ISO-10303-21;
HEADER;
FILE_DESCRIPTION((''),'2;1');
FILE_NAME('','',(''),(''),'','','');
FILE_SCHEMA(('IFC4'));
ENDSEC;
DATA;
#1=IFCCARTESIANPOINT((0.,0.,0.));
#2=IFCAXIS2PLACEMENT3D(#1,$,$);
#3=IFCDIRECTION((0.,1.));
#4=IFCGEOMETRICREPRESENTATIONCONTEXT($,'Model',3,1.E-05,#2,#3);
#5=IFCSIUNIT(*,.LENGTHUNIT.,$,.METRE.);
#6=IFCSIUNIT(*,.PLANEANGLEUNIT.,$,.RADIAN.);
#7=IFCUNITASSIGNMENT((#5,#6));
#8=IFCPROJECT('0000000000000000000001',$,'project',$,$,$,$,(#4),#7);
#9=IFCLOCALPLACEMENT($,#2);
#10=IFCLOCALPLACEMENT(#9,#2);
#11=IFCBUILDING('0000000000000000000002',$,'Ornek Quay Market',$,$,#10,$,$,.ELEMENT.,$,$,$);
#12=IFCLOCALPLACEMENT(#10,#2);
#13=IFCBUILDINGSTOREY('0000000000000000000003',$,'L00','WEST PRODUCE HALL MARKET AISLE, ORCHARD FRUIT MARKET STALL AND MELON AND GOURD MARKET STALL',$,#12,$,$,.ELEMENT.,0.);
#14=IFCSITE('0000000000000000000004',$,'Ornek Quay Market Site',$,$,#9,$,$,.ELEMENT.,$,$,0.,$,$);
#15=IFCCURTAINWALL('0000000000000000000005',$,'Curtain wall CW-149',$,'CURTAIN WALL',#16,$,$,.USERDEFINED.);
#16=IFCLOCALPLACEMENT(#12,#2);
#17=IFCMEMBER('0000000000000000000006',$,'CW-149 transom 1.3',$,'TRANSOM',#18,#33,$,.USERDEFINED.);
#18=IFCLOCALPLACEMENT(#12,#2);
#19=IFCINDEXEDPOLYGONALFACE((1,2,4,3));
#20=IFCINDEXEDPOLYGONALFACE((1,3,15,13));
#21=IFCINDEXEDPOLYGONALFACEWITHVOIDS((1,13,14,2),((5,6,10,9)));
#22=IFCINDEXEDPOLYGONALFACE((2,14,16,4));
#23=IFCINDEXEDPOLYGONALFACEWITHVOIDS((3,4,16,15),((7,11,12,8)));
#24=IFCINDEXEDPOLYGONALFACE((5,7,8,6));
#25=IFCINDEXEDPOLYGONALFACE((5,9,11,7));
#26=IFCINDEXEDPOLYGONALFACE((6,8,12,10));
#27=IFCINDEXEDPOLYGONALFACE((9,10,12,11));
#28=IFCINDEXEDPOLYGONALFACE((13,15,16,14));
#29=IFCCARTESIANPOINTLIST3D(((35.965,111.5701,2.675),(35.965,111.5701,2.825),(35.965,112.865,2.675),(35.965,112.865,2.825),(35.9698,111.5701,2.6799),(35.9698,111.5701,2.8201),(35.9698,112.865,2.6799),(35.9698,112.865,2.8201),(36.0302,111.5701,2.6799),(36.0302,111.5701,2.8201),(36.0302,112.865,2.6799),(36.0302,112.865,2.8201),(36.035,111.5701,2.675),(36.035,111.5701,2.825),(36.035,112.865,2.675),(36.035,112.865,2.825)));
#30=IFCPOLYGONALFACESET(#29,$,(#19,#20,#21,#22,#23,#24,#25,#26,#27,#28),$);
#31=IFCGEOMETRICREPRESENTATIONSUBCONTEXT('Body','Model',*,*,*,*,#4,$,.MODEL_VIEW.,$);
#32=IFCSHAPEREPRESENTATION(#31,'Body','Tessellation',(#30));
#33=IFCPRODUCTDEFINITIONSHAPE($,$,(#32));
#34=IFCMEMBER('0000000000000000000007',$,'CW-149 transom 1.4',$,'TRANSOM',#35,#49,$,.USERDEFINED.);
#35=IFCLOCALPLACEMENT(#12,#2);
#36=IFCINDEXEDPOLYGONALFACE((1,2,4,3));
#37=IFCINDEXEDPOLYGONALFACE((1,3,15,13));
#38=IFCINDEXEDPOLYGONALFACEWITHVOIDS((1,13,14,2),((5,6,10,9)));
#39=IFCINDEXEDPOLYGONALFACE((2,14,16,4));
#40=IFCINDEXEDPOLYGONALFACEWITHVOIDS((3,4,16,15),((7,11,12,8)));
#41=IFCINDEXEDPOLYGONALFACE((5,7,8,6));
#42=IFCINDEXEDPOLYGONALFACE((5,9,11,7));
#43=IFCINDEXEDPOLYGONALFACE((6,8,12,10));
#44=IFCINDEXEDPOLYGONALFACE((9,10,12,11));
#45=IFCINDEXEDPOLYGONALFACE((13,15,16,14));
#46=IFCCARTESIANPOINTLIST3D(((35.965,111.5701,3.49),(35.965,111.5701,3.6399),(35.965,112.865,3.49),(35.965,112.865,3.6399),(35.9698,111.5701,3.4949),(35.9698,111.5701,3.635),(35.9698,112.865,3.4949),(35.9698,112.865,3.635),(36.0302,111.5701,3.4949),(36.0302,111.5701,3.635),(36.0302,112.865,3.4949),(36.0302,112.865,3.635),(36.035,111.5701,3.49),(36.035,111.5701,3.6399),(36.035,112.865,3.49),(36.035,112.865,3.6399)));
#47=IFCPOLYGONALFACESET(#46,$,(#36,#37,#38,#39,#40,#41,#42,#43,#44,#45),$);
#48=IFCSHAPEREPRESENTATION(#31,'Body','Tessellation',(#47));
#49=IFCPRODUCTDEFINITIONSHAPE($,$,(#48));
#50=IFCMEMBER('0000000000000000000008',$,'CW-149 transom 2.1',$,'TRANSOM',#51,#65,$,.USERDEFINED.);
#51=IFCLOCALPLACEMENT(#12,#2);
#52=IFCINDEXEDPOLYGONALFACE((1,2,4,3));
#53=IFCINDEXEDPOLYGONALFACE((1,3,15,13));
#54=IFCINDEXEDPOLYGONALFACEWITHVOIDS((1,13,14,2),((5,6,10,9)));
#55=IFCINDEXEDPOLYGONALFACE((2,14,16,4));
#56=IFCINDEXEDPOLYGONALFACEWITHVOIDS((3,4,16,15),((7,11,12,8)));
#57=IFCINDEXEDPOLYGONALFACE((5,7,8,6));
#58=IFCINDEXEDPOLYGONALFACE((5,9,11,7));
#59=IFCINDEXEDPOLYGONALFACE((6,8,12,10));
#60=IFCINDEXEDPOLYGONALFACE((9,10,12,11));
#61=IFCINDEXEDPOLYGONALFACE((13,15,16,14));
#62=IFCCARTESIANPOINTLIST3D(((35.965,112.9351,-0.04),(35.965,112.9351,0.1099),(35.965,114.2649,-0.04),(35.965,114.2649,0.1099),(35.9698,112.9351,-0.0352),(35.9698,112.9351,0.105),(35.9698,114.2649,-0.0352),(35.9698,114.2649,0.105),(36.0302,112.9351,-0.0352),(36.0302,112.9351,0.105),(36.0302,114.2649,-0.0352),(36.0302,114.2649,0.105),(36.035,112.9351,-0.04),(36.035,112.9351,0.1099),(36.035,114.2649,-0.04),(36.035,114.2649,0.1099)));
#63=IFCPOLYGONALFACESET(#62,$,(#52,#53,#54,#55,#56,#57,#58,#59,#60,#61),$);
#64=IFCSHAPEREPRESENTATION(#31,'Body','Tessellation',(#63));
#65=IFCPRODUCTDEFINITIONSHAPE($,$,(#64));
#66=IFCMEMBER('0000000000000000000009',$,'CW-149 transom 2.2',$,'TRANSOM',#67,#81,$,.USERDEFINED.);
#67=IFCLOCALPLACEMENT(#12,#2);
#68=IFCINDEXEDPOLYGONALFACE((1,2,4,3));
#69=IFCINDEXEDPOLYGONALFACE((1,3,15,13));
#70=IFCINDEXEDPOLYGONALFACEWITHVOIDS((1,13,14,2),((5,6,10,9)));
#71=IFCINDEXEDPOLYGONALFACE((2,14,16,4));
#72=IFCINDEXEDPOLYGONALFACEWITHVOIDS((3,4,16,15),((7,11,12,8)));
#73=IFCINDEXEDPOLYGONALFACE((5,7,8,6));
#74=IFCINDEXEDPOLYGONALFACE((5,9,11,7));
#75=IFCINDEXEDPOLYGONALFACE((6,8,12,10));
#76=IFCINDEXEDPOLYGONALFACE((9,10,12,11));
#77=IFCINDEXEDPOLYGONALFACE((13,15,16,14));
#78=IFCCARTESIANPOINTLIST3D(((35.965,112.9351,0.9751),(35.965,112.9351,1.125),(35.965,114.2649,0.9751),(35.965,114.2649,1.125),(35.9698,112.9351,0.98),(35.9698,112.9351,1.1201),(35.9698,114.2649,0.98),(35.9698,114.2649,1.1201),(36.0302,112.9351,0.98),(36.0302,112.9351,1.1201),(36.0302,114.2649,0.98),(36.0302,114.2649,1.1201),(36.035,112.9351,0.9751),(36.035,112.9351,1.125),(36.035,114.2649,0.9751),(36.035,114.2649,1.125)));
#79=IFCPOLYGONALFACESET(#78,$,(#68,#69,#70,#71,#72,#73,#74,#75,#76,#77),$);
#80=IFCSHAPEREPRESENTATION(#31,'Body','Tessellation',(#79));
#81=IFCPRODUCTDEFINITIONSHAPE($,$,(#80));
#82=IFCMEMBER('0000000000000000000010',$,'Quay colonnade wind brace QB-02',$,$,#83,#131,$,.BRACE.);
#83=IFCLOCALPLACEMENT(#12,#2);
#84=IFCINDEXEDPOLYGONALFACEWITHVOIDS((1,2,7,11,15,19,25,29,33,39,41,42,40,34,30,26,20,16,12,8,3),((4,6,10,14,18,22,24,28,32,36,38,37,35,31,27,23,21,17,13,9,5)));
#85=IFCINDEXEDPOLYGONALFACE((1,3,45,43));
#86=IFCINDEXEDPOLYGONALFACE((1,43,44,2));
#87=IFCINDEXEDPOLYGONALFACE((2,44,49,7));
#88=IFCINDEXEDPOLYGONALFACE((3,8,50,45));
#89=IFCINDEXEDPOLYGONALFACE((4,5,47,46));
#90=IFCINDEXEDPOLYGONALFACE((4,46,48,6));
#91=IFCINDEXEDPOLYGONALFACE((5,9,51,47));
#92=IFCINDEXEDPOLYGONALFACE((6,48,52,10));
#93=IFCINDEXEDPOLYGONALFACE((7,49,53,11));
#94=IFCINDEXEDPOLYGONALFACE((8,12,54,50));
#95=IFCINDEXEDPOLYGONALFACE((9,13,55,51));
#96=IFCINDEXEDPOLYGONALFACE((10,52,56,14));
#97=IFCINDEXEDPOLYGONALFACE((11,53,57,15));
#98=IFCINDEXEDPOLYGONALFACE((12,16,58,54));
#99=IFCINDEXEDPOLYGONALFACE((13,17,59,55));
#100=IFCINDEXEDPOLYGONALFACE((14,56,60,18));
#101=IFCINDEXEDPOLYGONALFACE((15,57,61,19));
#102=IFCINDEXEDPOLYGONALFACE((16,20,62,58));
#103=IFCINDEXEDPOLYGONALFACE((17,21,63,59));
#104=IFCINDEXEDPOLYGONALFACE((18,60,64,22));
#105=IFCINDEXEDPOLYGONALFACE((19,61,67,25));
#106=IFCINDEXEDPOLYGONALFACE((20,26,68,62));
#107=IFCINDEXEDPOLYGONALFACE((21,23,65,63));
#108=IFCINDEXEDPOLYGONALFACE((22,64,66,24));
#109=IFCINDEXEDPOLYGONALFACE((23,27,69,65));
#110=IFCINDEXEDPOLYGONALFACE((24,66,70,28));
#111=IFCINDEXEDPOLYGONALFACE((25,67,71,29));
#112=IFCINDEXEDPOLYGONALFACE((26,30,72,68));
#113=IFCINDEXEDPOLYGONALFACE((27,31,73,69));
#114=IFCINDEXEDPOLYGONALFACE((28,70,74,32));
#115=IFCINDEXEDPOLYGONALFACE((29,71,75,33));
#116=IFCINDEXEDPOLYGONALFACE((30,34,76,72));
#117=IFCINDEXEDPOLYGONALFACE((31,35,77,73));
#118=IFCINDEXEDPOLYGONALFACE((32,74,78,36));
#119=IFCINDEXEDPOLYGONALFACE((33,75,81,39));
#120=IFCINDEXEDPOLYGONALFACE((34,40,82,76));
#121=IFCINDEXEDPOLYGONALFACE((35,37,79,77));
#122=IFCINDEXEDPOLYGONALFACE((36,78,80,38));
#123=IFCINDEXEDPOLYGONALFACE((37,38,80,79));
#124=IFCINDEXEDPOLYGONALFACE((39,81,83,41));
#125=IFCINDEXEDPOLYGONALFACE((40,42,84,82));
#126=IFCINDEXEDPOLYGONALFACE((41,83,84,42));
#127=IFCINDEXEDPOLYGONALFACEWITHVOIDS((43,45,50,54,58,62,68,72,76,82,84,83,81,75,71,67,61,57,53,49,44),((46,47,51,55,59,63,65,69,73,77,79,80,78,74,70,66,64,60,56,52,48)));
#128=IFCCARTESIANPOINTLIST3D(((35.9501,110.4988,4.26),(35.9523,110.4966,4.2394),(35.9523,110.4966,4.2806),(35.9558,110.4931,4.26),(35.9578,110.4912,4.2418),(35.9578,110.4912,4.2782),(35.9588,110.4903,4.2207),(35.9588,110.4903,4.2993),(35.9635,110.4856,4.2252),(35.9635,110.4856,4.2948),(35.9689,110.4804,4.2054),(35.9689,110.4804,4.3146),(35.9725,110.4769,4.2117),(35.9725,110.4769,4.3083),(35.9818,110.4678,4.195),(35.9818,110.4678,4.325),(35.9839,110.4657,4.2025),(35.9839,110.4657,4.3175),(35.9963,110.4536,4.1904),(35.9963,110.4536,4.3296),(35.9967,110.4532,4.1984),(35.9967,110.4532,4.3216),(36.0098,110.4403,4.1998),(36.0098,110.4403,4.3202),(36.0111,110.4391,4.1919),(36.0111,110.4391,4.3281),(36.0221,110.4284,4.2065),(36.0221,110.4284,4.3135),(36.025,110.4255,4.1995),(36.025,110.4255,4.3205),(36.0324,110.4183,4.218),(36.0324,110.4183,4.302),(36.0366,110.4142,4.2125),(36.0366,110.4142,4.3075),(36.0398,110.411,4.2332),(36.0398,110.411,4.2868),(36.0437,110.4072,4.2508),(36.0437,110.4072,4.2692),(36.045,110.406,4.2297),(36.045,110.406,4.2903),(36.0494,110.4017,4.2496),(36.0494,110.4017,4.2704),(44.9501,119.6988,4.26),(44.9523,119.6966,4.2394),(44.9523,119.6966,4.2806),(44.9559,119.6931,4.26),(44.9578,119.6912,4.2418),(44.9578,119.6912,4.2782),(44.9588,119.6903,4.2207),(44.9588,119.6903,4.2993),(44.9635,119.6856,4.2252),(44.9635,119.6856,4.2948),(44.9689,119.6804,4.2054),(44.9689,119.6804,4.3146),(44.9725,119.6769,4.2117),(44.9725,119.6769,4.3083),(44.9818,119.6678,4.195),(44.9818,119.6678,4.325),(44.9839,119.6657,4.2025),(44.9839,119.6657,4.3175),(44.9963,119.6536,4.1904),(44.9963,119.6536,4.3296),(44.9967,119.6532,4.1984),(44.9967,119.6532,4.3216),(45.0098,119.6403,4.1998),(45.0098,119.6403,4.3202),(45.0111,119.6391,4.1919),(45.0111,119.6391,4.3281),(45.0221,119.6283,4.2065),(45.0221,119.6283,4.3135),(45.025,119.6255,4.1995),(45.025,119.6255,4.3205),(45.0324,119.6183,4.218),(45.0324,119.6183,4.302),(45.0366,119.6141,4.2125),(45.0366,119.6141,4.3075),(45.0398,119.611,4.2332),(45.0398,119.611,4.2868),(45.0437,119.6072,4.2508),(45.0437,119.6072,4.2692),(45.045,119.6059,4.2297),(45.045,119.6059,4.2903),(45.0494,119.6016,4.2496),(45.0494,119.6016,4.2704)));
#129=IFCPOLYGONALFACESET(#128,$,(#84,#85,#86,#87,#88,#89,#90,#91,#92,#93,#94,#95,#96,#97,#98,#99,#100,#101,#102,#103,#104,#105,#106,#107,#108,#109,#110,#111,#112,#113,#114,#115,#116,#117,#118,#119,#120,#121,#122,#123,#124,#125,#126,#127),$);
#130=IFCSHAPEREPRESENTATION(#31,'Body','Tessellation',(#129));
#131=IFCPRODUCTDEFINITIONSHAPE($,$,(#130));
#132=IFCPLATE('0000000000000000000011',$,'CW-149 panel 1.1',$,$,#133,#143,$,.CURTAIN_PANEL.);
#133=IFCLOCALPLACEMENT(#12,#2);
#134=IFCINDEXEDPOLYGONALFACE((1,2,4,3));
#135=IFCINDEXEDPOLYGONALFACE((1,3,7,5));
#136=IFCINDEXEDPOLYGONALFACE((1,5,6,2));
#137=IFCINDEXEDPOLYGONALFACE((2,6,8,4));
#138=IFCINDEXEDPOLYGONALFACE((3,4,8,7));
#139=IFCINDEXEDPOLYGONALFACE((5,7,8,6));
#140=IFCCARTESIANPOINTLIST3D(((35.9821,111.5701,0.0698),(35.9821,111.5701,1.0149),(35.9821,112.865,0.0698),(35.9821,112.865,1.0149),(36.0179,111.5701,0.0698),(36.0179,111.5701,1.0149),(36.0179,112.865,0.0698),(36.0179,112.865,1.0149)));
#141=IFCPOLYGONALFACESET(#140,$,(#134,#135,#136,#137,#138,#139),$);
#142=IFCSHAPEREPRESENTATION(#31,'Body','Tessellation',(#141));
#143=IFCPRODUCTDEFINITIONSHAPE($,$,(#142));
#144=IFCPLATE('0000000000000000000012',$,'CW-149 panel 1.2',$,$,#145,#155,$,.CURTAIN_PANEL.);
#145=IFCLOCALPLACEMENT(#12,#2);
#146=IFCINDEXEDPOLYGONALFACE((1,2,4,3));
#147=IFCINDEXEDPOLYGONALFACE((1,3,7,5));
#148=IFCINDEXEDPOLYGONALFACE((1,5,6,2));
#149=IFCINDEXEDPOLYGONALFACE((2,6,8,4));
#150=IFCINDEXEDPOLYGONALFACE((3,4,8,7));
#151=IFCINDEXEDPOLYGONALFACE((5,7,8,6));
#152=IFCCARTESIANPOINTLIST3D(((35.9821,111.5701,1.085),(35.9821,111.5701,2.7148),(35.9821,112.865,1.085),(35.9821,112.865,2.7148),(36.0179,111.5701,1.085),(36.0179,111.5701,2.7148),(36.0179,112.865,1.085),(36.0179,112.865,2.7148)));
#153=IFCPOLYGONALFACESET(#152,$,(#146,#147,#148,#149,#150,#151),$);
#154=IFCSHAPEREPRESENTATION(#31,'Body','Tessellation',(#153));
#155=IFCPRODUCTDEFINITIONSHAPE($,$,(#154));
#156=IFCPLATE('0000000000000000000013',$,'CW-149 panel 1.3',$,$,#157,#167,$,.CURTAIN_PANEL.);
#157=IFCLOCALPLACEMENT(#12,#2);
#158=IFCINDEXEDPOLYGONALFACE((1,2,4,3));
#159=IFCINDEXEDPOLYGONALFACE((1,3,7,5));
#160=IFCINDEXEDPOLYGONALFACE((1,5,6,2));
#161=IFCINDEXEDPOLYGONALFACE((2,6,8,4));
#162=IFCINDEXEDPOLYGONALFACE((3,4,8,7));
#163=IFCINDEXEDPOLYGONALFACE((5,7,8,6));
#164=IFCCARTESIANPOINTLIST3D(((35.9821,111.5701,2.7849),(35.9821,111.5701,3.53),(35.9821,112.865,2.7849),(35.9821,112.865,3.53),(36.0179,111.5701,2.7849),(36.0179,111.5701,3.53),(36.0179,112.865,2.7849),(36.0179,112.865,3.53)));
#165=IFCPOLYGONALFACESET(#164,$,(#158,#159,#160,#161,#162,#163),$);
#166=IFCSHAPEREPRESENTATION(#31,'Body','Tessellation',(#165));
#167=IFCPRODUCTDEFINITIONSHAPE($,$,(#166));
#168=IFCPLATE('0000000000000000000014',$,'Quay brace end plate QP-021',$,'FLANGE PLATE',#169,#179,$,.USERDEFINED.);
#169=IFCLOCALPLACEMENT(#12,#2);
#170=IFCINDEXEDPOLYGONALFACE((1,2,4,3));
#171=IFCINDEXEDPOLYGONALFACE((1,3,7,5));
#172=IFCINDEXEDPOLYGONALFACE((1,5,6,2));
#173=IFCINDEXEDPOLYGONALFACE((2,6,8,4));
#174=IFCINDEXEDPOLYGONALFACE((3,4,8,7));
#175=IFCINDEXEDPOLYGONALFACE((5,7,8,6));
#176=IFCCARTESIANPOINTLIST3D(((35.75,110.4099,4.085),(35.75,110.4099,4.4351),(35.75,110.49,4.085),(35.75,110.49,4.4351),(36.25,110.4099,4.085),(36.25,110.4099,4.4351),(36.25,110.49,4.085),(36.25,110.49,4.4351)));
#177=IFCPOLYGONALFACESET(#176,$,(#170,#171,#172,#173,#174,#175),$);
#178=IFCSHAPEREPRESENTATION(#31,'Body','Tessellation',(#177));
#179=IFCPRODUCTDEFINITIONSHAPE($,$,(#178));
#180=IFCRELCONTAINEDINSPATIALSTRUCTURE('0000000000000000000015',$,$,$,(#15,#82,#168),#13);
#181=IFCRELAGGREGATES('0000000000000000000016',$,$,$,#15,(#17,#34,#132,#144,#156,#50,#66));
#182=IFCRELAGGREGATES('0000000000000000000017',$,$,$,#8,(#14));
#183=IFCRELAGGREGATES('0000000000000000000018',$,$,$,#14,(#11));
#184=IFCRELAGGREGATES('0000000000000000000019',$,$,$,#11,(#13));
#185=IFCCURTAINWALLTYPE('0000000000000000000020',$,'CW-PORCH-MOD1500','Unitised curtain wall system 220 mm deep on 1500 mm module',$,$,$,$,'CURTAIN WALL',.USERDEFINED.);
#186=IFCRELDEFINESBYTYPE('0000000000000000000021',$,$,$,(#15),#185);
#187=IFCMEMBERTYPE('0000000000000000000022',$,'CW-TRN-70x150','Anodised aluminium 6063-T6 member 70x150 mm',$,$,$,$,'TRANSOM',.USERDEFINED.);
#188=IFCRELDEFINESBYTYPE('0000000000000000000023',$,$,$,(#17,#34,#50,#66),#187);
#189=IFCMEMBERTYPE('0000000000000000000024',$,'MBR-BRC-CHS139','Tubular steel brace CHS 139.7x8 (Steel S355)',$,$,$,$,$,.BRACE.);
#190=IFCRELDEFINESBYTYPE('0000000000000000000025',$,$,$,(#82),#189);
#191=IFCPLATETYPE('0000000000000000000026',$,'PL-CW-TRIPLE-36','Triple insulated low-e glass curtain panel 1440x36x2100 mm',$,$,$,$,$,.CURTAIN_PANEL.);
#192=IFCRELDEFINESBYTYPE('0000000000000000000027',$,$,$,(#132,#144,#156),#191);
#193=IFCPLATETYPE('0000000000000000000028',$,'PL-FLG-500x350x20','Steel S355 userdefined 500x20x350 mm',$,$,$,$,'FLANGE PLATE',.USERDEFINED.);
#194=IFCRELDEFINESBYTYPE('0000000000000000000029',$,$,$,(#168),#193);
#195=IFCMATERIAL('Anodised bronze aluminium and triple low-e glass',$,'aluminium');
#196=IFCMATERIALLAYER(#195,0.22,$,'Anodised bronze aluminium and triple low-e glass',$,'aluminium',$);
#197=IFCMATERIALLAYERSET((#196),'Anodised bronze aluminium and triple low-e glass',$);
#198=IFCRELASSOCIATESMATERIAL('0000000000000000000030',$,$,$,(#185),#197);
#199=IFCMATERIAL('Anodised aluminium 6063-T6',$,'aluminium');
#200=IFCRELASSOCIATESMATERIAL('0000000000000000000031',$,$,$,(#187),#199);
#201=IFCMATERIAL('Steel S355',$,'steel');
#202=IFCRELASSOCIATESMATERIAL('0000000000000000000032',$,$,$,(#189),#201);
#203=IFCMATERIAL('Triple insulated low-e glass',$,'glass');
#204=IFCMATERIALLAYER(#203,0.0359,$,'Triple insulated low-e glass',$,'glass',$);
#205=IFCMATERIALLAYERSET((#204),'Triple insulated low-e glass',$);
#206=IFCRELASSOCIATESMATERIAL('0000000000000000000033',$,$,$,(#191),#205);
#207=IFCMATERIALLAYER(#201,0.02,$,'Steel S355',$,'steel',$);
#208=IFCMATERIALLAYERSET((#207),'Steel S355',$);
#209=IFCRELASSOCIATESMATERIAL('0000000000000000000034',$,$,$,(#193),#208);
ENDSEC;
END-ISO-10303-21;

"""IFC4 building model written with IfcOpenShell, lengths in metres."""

from ifc_helpers import new_model, si_unit, direction, frame, origin, origin_2d, place, context, subcontext, project, spatial, rectangle, hollow_rectangle, hollow_circle, extrude, material, layer, layer_set, material_profile, profile_set, type_object, element, aggregate, save


model = new_model("IFC4")

# Units and contexts
model_context = context("Model", 3, precision=1e-05, world=origin(), true_north=direction((0.0, 1.0)))
body_context = subcontext(model_context, "Body", "Model", "MODEL_VIEW")
ifc_project = project(units=[si_unit("LENGTHUNIT", "METRE"), si_unit("PLANEANGLEUNIT", "RADIAN")], contexts=[model_context])

# Site, building, storey
site_placement = place(None, origin())
site = spatial("IfcSite", under=ifc_project, at=site_placement, Name="Ornek Quay Market Site", CompositionType="ELEMENT", RefElevation=0.0)
building_placement = place(site_placement, origin())
building = spatial("IfcBuilding", under=site, at=building_placement, Name="Ornek Quay Market", CompositionType="ELEMENT")
storey_placement = place(building_placement, origin())
storey = spatial("IfcBuildingStorey", under=building, at=storey_placement, Name="L00", Description="WEST PRODUCE HALL MARKET AISLE, ORCHARD FRUIT MARKET STALL AND MELON AND GOURD MARKET STALL", CompositionType="ELEMENT", Elevation=0.0)

# Shared definitions
ifc_material_1 = material(Name="Steel S355", Category="steel")

# Curtain wall, members
ifc_material_2 = material(Name="Anodised bronze aluminium and triple low-e glass", Category="aluminium")
ifc_layer_1 = layer(ifc_material_2, 0.22, Name="Anodised bronze aluminium and triple low-e glass", Category="aluminium")
ifc_layer_set_1 = layer_set([ifc_layer_1], Name="Anodised bronze aluminium and triple low-e glass")
curtain_wall_type = type_object("IfcCurtainWallType", Name="CW-PORCH-MOD1500", Description="Unitised curtain wall system 220 mm deep on 1500 mm module", ElementType="CURTAIN WALL", PredefinedType="USERDEFINED", material=ifc_layer_set_1)
curtain_wall_placement = place(storey_placement, origin())
curtain_wall = element("IfcCurtainWall", 1, at=curtain_wall_placement, inside=storey, type_object=curtain_wall_type, Name="Curtain wall CW-149", ObjectType="CURTAIN WALL", PredefinedType="USERDEFINED")
ifc_material_3 = material(Name="Anodised aluminium 6063-T6", Category="aluminium")
ifc_material_profile_1 = material_profile(ifc_material_3, hollow_rectangle(XDim=0.0701, YDim=0.1499, WallThickness=0.0049, at=origin_2d()), Name="CW-TRN-70x150", Category="aluminium")
ifc_profile_set_1 = profile_set([ifc_material_profile_1], Name="Anodised aluminium 6063-T6")
member_type_1 = type_object("IfcMemberType", Name="CW-TRN-70x150", Description="Anodised aluminium 6063-T6 member 70x150 mm", ElementType="TRANSOM", PredefinedType="USERDEFINED", material=ifc_profile_set_1)
member_1_placement = place(storey_placement, frame((36.0, 111.5701, 2.75), z_axis=(0.0, 1.0, 0.0), x_axis=(-1.0, 0.0, 0.0)))
member_1 = element("IfcMember", 2, at=member_1_placement, type_object=member_type_1, Name="CW-149 transom 1.3", ObjectType="TRANSOM", PredefinedType="USERDEFINED", context=body_context, shape_type="SweptSolid", body=[
    extrude(hollow_rectangle(XDim=0.0701, YDim=0.1499, WallThickness=0.0049, at=origin_2d()), origin(), (0.0, 0.0, 1.0), 1.2949),
])
member_2_placement = place(storey_placement, frame((36.0, 111.5701, 3.5649), z_axis=(0.0, 1.0, 0.0), x_axis=(-1.0, 0.0, 0.0)))
member_2 = element("IfcMember", 3, at=member_2_placement, type_object=member_type_1, Name="CW-149 transom 1.4", ObjectType="TRANSOM", PredefinedType="USERDEFINED", context=body_context, shape_type="SweptSolid", body=[
    extrude(hollow_rectangle(XDim=0.0701, YDim=0.1499, WallThickness=0.0049, at=origin_2d()), origin(), (0.0, 0.0, 1.0), 1.2949),
])
member_3_placement = place(storey_placement, frame((36.0, 112.9351, 0.0349), z_axis=(0.0, 1.0, 0.0), x_axis=(-1.0, 0.0, 0.0)))
member_3 = element("IfcMember", 4, at=member_3_placement, type_object=member_type_1, Name="CW-149 transom 2.1", ObjectType="TRANSOM", PredefinedType="USERDEFINED", context=body_context, shape_type="SweptSolid", body=[
    extrude(hollow_rectangle(XDim=0.0701, YDim=0.1499, WallThickness=0.0049, at=origin_2d()), origin(), (0.0, 0.0, 1.0), 1.3298),
])
member_4_placement = place(storey_placement, frame((36.0, 112.9351, 1.05), z_axis=(0.0, 1.0, 0.0), x_axis=(-1.0, 0.0, 0.0)))
member_4 = element("IfcMember", 5, at=member_4_placement, type_object=member_type_1, Name="CW-149 transom 2.2", ObjectType="TRANSOM", PredefinedType="USERDEFINED", context=body_context, shape_type="SweptSolid", body=[
    extrude(hollow_rectangle(XDim=0.0701, YDim=0.1499, WallThickness=0.0049, at=origin_2d()), origin(), (0.0, 0.0, 1.0), 1.3298),
])

# Member
ifc_material_profile_2 = material_profile(ifc_material_1, hollow_circle(Radius=0.0698, WallThickness=0.0081, at=origin_2d()), Name="CHS 139.7x8", Category="steel")
ifc_profile_set_2 = profile_set([ifc_material_profile_2], Name="Steel S355")
member_type_2 = type_object("IfcMemberType", Name="MBR-BRC-CHS139", Description="Tubular steel brace CHS 139.7x8 (Steel S355)", PredefinedType="BRACE", material=ifc_profile_set_2)
member_5_placement = place(storey_placement, frame((36.0, 110.45, 4.26), z_axis=(0.699296, 0.714832, 0.0), x_axis=(-0.714832, 0.699296, 0.0)))
element("IfcMember", 6, at=member_5_placement, inside=storey, type_object=member_type_2, Name="Quay colonnade wind brace QB-02", PredefinedType="BRACE", context=body_context, shape_type="SweptSolid", body=[
    extrude(hollow_circle(Radius=0.0698, WallThickness=0.0081, at=origin_2d()), origin(), (0.0, 0.0, 1.0), 12.8701),
])

# Plates
ifc_material_4 = material(Name="Triple insulated low-e glass", Category="glass")
ifc_layer_2 = layer(ifc_material_4, 0.0359, Name="Triple insulated low-e glass", Category="glass")
ifc_layer_set_2 = layer_set([ifc_layer_2], Name="Triple insulated low-e glass")
plate_type_1 = type_object("IfcPlateType", Name="PL-CW-TRIPLE-36", Description="Triple insulated low-e glass curtain panel 1440x36x2100 mm", PredefinedType="CURTAIN_PANEL", material=ifc_layer_set_2)
plate_1_placement = place(storey_placement, frame((36.0, 112.2175, 0.0698), z_axis=(0.0, 0.0, 1.0), x_axis=(0.0, 1.0, 0.0)))
plate_1 = element("IfcPlate", 7, at=plate_1_placement, type_object=plate_type_1, Name="CW-149 panel 1.1", PredefinedType="CURTAIN_PANEL", context=body_context, shape_type="SweptSolid", body=[
    extrude(rectangle(XDim=1.2949, YDim=0.0359, at=origin_2d()), origin(), (0.0, 0.0, 1.0), 0.9451),
])
plate_2_placement = place(storey_placement, frame((36.0, 112.2175, 1.085), z_axis=(0.0, 0.0, 1.0), x_axis=(0.0, 1.0, 0.0)))
plate_2 = element("IfcPlate", 8, at=plate_2_placement, type_object=plate_type_1, Name="CW-149 panel 1.2", PredefinedType="CURTAIN_PANEL", context=body_context, shape_type="SweptSolid", body=[
    extrude(rectangle(XDim=1.2949, YDim=0.0359, at=origin_2d()), origin(), (0.0, 0.0, 1.0), 1.6299),
])
plate_3_placement = place(storey_placement, frame((36.0, 112.2175, 2.7849), z_axis=(0.0, 0.0, 1.0), x_axis=(0.0, 1.0, 0.0)))
plate_3 = element("IfcPlate", 9, at=plate_3_placement, type_object=plate_type_1, Name="CW-149 panel 1.3", PredefinedType="CURTAIN_PANEL", context=body_context, shape_type="SweptSolid", body=[
    extrude(rectangle(XDim=1.2949, YDim=0.0359, at=origin_2d()), origin(), (0.0, 0.0, 1.0), 0.7451),
])
aggregate(curtain_wall, [member_1, member_2, plate_1, plate_2, plate_3, member_3, member_4])
ifc_layer_3 = layer(ifc_material_1, 0.02, Name="Steel S355", Category="steel")
ifc_layer_set_3 = layer_set([ifc_layer_3], Name="Steel S355")
plate_type_2 = type_object("IfcPlateType", Name="PL-FLG-500x350x20", Description="Steel S355 userdefined 500x20x350 mm", ElementType="FLANGE PLATE", PredefinedType="USERDEFINED", material=ifc_layer_set_3)
plate_4_placement = place(storey_placement, frame((36.0, 110.45, 4.085), z_axis=(0.0, 0.0, 1.0), x_axis=(1.0, 0.0, 0.0)))
element("IfcPlate", 10, at=plate_4_placement, inside=storey, type_object=plate_type_2, Name="Quay brace end plate QP-021", ObjectType="FLANGE PLATE", PredefinedType="USERDEFINED", context=body_context, shape_type="SweptSolid", body=[
    extrude(rectangle(XDim=0.5, YDim=0.0801, at=origin_2d()), origin(), (0.0, 0.0, 1.0), 0.3501),
])

save(model, "model.ifc")
